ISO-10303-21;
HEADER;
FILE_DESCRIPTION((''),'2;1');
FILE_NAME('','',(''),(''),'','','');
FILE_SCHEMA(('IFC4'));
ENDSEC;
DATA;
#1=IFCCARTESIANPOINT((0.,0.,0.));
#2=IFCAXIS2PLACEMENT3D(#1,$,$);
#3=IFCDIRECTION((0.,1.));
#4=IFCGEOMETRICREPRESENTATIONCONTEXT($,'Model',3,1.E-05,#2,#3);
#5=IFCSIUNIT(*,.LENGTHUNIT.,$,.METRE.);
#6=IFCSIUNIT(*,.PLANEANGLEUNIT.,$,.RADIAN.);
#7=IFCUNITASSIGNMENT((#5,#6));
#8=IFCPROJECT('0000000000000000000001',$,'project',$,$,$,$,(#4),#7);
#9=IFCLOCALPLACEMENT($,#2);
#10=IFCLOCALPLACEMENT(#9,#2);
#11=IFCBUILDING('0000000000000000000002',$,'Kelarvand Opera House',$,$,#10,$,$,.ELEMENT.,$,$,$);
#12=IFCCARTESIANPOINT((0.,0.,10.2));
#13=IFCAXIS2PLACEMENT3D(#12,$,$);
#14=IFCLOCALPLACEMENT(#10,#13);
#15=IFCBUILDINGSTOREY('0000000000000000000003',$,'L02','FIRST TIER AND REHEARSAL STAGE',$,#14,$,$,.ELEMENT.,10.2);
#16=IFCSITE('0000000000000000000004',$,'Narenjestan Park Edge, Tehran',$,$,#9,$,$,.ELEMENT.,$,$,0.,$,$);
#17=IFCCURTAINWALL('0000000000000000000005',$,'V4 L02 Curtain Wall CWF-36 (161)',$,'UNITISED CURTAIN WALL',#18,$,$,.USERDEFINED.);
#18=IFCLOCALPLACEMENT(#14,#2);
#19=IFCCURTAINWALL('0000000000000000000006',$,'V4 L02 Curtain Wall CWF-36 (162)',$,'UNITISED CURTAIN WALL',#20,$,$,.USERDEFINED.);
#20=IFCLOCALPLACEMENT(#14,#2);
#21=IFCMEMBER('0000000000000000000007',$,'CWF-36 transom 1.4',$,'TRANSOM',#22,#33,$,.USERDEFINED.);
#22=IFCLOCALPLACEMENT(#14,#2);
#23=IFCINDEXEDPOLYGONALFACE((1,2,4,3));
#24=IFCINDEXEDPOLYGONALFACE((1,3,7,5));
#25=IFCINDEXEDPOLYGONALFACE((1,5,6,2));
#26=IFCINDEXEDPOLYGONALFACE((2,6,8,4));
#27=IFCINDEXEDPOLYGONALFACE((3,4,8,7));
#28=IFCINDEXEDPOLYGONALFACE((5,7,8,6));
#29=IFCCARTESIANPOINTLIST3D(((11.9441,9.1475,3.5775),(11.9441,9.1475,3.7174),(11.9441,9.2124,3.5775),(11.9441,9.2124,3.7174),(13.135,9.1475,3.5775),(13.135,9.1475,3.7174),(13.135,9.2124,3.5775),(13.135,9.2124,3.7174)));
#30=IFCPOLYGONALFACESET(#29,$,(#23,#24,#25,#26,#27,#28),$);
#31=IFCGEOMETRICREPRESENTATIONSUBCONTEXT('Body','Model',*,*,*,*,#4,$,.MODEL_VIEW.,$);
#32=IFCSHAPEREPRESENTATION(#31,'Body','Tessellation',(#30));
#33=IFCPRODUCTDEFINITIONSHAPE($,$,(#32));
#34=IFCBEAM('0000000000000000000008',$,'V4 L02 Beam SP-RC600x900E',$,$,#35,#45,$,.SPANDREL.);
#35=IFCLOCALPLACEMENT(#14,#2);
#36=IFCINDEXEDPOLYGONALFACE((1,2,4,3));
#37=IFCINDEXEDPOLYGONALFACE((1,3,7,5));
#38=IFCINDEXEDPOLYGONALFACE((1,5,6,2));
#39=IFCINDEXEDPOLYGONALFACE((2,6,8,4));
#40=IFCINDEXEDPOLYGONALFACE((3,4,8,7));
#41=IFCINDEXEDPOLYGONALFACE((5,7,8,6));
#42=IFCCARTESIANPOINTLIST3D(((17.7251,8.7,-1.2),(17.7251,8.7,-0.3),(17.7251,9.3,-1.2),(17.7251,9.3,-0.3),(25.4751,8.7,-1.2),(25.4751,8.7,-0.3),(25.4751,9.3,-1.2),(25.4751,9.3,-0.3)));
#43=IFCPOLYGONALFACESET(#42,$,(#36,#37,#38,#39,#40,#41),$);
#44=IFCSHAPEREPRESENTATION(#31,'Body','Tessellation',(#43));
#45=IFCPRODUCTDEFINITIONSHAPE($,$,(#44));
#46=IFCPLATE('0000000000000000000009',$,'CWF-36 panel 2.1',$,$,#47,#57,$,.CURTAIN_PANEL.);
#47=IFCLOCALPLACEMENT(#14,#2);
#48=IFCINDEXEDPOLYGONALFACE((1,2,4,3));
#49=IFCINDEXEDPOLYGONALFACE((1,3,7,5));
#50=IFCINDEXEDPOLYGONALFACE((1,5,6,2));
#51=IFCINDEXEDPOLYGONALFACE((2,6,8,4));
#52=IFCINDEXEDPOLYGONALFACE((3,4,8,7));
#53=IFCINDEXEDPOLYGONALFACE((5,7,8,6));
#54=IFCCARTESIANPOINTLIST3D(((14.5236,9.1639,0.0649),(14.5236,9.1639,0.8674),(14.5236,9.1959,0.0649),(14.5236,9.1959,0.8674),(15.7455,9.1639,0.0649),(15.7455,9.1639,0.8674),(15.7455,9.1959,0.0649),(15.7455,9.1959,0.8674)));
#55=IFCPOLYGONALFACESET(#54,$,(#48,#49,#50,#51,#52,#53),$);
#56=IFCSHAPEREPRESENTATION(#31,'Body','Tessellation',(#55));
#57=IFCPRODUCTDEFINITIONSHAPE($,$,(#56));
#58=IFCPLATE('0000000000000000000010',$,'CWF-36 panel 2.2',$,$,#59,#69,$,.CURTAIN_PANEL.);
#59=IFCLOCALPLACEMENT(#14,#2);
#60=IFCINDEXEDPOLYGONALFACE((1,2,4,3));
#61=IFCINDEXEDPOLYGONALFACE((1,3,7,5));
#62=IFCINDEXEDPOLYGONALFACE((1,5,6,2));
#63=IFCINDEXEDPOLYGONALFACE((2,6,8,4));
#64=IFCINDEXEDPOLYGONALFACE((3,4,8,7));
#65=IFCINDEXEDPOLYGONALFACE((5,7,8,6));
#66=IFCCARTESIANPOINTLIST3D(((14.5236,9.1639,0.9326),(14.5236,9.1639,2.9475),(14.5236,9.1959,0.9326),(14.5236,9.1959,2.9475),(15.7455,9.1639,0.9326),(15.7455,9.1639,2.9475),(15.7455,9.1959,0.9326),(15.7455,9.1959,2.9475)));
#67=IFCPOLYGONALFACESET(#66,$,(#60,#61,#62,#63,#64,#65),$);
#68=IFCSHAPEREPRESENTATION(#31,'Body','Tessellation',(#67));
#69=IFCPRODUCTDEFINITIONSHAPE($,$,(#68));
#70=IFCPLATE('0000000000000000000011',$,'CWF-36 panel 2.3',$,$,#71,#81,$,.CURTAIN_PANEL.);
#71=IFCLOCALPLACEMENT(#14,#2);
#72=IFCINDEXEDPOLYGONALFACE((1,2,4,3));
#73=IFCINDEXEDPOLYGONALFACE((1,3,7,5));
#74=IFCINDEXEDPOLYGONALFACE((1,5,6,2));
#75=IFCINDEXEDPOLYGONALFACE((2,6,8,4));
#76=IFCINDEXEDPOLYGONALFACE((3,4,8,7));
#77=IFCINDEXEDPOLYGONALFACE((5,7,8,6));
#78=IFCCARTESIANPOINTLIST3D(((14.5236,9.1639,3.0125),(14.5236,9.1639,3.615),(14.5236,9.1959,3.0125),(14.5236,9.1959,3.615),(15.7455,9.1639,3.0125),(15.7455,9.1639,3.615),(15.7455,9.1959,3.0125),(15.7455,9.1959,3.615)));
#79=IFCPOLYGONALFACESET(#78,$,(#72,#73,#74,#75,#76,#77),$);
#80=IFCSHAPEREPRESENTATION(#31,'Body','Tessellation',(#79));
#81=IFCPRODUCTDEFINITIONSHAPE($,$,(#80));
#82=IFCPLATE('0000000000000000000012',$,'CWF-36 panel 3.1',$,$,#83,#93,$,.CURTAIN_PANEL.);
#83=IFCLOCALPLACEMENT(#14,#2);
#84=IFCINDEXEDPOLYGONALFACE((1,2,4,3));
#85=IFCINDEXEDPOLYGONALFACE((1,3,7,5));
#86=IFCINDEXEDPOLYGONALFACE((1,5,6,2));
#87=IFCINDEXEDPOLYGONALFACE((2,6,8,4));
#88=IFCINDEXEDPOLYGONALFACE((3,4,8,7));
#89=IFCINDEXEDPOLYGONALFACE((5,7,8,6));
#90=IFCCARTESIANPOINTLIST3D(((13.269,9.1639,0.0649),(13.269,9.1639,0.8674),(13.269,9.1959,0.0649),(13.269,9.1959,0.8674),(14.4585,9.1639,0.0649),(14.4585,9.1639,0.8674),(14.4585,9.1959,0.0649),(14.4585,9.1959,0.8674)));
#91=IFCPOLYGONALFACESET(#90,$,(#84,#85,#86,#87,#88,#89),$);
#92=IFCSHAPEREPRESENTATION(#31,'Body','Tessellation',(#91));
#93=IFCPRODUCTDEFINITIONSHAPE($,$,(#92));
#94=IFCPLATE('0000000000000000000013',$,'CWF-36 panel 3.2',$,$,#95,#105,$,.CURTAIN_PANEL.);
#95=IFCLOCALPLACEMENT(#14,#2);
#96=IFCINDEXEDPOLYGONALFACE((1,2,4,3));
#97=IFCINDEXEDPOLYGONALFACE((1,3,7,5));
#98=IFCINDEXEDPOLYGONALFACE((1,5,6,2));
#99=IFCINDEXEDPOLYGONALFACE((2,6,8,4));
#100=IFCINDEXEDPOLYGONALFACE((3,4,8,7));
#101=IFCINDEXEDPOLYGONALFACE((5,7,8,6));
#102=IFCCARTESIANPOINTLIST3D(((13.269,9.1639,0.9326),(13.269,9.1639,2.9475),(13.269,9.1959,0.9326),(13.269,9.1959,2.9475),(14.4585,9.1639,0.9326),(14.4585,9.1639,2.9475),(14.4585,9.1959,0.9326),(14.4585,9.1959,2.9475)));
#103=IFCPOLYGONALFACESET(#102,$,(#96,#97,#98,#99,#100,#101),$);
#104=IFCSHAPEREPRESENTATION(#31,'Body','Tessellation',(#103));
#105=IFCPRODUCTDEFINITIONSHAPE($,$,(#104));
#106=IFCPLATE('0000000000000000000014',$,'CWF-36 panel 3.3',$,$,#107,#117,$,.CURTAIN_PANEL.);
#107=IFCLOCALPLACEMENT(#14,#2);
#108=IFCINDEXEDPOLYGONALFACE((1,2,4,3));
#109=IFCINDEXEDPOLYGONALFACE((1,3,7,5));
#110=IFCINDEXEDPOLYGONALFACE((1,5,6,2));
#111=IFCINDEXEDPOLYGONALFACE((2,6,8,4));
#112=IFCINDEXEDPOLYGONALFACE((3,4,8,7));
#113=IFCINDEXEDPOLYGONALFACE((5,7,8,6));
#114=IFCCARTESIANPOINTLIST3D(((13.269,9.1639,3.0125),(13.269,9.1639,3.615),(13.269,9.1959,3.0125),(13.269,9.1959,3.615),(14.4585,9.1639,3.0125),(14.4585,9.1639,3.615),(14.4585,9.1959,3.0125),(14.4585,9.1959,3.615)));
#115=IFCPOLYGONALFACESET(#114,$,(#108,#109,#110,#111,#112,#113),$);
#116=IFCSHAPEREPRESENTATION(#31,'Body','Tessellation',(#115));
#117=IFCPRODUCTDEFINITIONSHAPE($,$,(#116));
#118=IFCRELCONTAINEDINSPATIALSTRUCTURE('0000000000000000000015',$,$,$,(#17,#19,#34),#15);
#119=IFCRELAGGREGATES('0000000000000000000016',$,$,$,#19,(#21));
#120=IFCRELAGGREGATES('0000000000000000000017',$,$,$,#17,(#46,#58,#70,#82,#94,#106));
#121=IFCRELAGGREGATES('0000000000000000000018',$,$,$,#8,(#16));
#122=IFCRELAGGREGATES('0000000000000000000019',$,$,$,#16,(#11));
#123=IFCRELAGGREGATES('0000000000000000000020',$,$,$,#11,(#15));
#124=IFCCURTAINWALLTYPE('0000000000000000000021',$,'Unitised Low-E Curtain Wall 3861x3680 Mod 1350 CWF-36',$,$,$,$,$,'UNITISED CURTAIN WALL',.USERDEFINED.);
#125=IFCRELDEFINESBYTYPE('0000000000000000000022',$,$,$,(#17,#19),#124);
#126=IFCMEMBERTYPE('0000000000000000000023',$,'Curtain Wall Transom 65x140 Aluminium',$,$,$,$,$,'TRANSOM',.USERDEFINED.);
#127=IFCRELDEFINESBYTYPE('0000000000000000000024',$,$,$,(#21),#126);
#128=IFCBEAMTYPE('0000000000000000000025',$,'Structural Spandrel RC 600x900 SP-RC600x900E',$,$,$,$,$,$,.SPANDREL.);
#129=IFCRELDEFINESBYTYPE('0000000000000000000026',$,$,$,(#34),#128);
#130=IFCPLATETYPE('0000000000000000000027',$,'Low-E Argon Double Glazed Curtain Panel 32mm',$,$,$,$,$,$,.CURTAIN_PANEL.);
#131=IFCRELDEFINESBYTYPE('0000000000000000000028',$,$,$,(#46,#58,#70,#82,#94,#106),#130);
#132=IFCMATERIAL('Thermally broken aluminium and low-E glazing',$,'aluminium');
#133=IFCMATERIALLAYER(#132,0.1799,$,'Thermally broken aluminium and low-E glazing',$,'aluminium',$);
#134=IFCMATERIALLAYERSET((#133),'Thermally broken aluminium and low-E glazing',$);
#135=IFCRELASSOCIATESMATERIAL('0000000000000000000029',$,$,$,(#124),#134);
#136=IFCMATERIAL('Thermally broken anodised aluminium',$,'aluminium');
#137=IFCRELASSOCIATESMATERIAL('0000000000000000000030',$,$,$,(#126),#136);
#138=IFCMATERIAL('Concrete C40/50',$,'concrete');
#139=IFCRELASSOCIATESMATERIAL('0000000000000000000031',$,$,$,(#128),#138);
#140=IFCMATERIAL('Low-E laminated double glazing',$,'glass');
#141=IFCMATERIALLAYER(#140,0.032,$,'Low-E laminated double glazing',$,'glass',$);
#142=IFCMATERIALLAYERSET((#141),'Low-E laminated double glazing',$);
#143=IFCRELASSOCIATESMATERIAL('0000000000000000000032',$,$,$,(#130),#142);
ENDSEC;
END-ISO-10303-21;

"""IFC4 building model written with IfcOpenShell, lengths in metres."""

from ifc_helpers import new_model, si_unit, direction, frame, origin, origin_2d, place, context, subcontext, project, spatial, rectangle, extrude, material, layer, layer_set, material_profile, profile_set, type_object, element, aggregate, save


model = new_model("IFC4")

# Units and contexts
model_context = context("Model", 3, precision=1e-05, world=origin(), true_north=direction((0.0, 1.0)))
body_context = subcontext(model_context, "Body", "Model", "MODEL_VIEW")
ifc_project = project(units=[si_unit("LENGTHUNIT", "METRE"), si_unit("PLANEANGLEUNIT", "RADIAN")], contexts=[model_context])

# Site, building, storey
site_placement = place(None, origin())
site = spatial("IfcSite", under=ifc_project, at=site_placement, Name="Narenjestan Park Edge, Tehran", CompositionType="ELEMENT", RefElevation=0.0)
building_placement = place(site_placement, origin())
building = spatial("IfcBuilding", under=site, at=building_placement, Name="Kelarvand Opera House", CompositionType="ELEMENT")
storey_placement = place(building_placement, frame((0.0, 0.0, 10.2)))
storey = spatial("IfcBuildingStorey", under=building, at=storey_placement, Name="L02", Description="FIRST TIER AND REHEARSAL STAGE", CompositionType="ELEMENT", Elevation=10.2)

# Shared definitions
ifc_material_1 = material(Name="Concrete C40/50", Category="concrete")

# Curtain wall
ifc_material_2 = material(Name="Thermally broken aluminium and low-E glazing", Category="aluminium")
ifc_layer_1 = layer(ifc_material_2, 0.1799, Name="Thermally broken aluminium and low-E glazing", Category="aluminium")
ifc_layer_set_1 = layer_set([ifc_layer_1], Name="Thermally broken aluminium and low-E glazing")
curtain_wall_type = type_object("IfcCurtainWallType", Name="Unitised Low-E Curtain Wall 3861x3680 Mod 1350 CWF-36", ElementType="UNITISED CURTAIN WALL", PredefinedType="USERDEFINED", material=ifc_layer_set_1)
curtain_wall_1_placement = place(storey_placement, origin())
curtain_wall_1 = element("IfcCurtainWall", 1, at=curtain_wall_1_placement, inside=storey, type_object=curtain_wall_type, Name="V4 L02 Curtain Wall CWF-36 (161)", ObjectType="UNITISED CURTAIN WALL", PredefinedType="USERDEFINED")
ifc_material_3 = material(Name="Thermally broken anodised aluminium", Category="aluminium")

# Curtain wall
curtain_wall_2_placement = place(storey_placement, origin())
curtain_wall_2 = element("IfcCurtainWall", 2, at=curtain_wall_2_placement, inside=storey, type_object=curtain_wall_type, Name="V4 L02 Curtain Wall CWF-36 (162)", ObjectType="UNITISED CURTAIN WALL", PredefinedType="USERDEFINED")

# Member
ifc_material_profile_1 = material_profile(ifc_material_3, rectangle(XDim=0.0649, YDim=0.1399, at=origin_2d()), Name="ALU TRANSOM 65x140", Category="aluminium")
ifc_profile_set_1 = profile_set([ifc_material_profile_1], Name="Thermally broken anodised aluminium")
member_type_1 = type_object("IfcMemberType", Name="Curtain Wall Transom 65x140 Aluminium", ElementType="TRANSOM", PredefinedType="USERDEFINED", material=ifc_profile_set_1)
member_1_placement = place(storey_placement, frame((13.135, 9.1799, 3.6475), z_axis=(-1.0, 0.0, 0.0), x_axis=(0.0, -1.0, 0.0)))
member_1 = element("IfcMember", 3, at=member_1_placement, type_object=member_type_1, Name="CWF-36 transom 1.4", ObjectType="TRANSOM", PredefinedType="USERDEFINED", context=body_context, shape_type="SweptSolid", body=[
    extrude(rectangle(XDim=0.0649, YDim=0.1399, at=origin_2d()), origin(), (0.0, 0.0, 1.0), 1.1909),
])
aggregate(curtain_wall_2, [member_1])

# Beam
ifc_material_profile_2 = material_profile(ifc_material_1, rectangle(XDim=0.6001, YDim=0.8999, at=origin_2d()), Name="RC 600x900", Category="concrete")
ifc_profile_set_2 = profile_set([ifc_material_profile_2], Name="Concrete C40/50")
beam_type = type_object("IfcBeamType", Name="Structural Spandrel RC 600x900 SP-RC600x900E", PredefinedType="SPANDREL", material=ifc_profile_set_2)
beam_placement = place(storey_placement, frame((17.7251, 9.0, -0.75), z_axis=(1.0, 0.0, 0.0), x_axis=(0.0, 1.0, 0.0)))
element("IfcBeam", 4, at=beam_placement, inside=storey, type_object=beam_type, Name="V4 L02 Beam SP-RC600x900E", PredefinedType="SPANDREL", context=body_context, shape_type="SweptSolid", body=[
    extrude(rectangle(XDim=0.6001, YDim=0.8999, at=origin_2d()), origin(), (0.0, 0.0, 1.0), 7.75),
])

# Plates
ifc_material_4 = material(Name="Low-E laminated double glazing", Category="glass")
ifc_layer_2 = layer(ifc_material_4, 0.032, Name="Low-E laminated double glazing", Category="glass")
ifc_layer_set_2 = layer_set([ifc_layer_2], Name="Low-E laminated double glazing")
plate_type = type_object("IfcPlateType", Name="Low-E Argon Double Glazed Curtain Panel 32mm", PredefinedType="CURTAIN_PANEL", material=ifc_layer_set_2)
plate_1_placement = place(storey_placement, frame((15.1345, 9.1799, 0.0649), z_axis=(0.0, 0.0, 1.0), x_axis=(-1.0, 0.0, 0.0)))
plate_1 = element("IfcPlate", 5, at=plate_1_placement, type_object=plate_type, Name="CWF-36 panel 2.1", PredefinedType="CURTAIN_PANEL", context=body_context, shape_type="SweptSolid", body=[
    extrude(rectangle(XDim=1.2219, YDim=0.032, at=origin_2d()), origin(), (0.0, 0.0, 1.0), 0.8025),
])
plate_2_placement = place(storey_placement, frame((15.1345, 9.1799, 0.9326), z_axis=(0.0, 0.0, 1.0), x_axis=(-1.0, 0.0, 0.0)))
plate_2 = element("IfcPlate", 6, at=plate_2_placement, type_object=plate_type, Name="CWF-36 panel 2.2", PredefinedType="CURTAIN_PANEL", context=body_context, shape_type="SweptSolid", body=[
    extrude(rectangle(XDim=1.2219, YDim=0.032, at=origin_2d()), origin(), (0.0, 0.0, 1.0), 2.0149),
])
plate_3_placement = place(storey_placement, frame((15.1345, 9.1799, 3.0125), z_axis=(0.0, 0.0, 1.0), x_axis=(-1.0, 0.0, 0.0)))
plate_3 = element("IfcPlate", 7, at=plate_3_placement, type_object=plate_type, Name="CWF-36 panel 2.3", PredefinedType="CURTAIN_PANEL", context=body_context, shape_type="SweptSolid", body=[
    extrude(rectangle(XDim=1.2219, YDim=0.032, at=origin_2d()), origin(), (0.0, 0.0, 1.0), 0.6025),
])
plate_4_placement = place(storey_placement, frame((13.8638, 9.1799, 0.0649), z_axis=(0.0, 0.0, 1.0), x_axis=(-1.0, 0.0, 0.0)))
plate_4 = element("IfcPlate", 8, at=plate_4_placement, type_object=plate_type, Name="CWF-36 panel 3.1", PredefinedType="CURTAIN_PANEL", context=body_context, shape_type="SweptSolid", body=[
    extrude(rectangle(XDim=1.1895, YDim=0.032, at=origin_2d()), origin(), (0.0, 0.0, 1.0), 0.8025),
])
plate_5_placement = place(storey_placement, frame((13.8638, 9.1799, 0.9326), z_axis=(0.0, 0.0, 1.0), x_axis=(-1.0, 0.0, 0.0)))
plate_5 = element("IfcPlate", 9, at=plate_5_placement, type_object=plate_type, Name="CWF-36 panel 3.2", PredefinedType="CURTAIN_PANEL", context=body_context, shape_type="SweptSolid", body=[
    extrude(rectangle(XDim=1.1895, YDim=0.032, at=origin_2d()), origin(), (0.0, 0.0, 1.0), 2.0149),
])
plate_6_placement = place(storey_placement, frame((13.8638, 9.1799, 3.0125), z_axis=(0.0, 0.0, 1.0), x_axis=(-1.0, 0.0, 0.0)))
plate_6 = element("IfcPlate", 10, at=plate_6_placement, type_object=plate_type, Name="CWF-36 panel 3.3", PredefinedType="CURTAIN_PANEL", context=body_context, shape_type="SweptSolid", body=[
    extrude(rectangle(XDim=1.1895, YDim=0.032, at=origin_2d()), origin(), (0.0, 0.0, 1.0), 0.6025),
])
aggregate(curtain_wall_1, [plate_1, plate_2, plate_3, plate_4, plate_5, plate_6])

save(model, "model.ifc")
